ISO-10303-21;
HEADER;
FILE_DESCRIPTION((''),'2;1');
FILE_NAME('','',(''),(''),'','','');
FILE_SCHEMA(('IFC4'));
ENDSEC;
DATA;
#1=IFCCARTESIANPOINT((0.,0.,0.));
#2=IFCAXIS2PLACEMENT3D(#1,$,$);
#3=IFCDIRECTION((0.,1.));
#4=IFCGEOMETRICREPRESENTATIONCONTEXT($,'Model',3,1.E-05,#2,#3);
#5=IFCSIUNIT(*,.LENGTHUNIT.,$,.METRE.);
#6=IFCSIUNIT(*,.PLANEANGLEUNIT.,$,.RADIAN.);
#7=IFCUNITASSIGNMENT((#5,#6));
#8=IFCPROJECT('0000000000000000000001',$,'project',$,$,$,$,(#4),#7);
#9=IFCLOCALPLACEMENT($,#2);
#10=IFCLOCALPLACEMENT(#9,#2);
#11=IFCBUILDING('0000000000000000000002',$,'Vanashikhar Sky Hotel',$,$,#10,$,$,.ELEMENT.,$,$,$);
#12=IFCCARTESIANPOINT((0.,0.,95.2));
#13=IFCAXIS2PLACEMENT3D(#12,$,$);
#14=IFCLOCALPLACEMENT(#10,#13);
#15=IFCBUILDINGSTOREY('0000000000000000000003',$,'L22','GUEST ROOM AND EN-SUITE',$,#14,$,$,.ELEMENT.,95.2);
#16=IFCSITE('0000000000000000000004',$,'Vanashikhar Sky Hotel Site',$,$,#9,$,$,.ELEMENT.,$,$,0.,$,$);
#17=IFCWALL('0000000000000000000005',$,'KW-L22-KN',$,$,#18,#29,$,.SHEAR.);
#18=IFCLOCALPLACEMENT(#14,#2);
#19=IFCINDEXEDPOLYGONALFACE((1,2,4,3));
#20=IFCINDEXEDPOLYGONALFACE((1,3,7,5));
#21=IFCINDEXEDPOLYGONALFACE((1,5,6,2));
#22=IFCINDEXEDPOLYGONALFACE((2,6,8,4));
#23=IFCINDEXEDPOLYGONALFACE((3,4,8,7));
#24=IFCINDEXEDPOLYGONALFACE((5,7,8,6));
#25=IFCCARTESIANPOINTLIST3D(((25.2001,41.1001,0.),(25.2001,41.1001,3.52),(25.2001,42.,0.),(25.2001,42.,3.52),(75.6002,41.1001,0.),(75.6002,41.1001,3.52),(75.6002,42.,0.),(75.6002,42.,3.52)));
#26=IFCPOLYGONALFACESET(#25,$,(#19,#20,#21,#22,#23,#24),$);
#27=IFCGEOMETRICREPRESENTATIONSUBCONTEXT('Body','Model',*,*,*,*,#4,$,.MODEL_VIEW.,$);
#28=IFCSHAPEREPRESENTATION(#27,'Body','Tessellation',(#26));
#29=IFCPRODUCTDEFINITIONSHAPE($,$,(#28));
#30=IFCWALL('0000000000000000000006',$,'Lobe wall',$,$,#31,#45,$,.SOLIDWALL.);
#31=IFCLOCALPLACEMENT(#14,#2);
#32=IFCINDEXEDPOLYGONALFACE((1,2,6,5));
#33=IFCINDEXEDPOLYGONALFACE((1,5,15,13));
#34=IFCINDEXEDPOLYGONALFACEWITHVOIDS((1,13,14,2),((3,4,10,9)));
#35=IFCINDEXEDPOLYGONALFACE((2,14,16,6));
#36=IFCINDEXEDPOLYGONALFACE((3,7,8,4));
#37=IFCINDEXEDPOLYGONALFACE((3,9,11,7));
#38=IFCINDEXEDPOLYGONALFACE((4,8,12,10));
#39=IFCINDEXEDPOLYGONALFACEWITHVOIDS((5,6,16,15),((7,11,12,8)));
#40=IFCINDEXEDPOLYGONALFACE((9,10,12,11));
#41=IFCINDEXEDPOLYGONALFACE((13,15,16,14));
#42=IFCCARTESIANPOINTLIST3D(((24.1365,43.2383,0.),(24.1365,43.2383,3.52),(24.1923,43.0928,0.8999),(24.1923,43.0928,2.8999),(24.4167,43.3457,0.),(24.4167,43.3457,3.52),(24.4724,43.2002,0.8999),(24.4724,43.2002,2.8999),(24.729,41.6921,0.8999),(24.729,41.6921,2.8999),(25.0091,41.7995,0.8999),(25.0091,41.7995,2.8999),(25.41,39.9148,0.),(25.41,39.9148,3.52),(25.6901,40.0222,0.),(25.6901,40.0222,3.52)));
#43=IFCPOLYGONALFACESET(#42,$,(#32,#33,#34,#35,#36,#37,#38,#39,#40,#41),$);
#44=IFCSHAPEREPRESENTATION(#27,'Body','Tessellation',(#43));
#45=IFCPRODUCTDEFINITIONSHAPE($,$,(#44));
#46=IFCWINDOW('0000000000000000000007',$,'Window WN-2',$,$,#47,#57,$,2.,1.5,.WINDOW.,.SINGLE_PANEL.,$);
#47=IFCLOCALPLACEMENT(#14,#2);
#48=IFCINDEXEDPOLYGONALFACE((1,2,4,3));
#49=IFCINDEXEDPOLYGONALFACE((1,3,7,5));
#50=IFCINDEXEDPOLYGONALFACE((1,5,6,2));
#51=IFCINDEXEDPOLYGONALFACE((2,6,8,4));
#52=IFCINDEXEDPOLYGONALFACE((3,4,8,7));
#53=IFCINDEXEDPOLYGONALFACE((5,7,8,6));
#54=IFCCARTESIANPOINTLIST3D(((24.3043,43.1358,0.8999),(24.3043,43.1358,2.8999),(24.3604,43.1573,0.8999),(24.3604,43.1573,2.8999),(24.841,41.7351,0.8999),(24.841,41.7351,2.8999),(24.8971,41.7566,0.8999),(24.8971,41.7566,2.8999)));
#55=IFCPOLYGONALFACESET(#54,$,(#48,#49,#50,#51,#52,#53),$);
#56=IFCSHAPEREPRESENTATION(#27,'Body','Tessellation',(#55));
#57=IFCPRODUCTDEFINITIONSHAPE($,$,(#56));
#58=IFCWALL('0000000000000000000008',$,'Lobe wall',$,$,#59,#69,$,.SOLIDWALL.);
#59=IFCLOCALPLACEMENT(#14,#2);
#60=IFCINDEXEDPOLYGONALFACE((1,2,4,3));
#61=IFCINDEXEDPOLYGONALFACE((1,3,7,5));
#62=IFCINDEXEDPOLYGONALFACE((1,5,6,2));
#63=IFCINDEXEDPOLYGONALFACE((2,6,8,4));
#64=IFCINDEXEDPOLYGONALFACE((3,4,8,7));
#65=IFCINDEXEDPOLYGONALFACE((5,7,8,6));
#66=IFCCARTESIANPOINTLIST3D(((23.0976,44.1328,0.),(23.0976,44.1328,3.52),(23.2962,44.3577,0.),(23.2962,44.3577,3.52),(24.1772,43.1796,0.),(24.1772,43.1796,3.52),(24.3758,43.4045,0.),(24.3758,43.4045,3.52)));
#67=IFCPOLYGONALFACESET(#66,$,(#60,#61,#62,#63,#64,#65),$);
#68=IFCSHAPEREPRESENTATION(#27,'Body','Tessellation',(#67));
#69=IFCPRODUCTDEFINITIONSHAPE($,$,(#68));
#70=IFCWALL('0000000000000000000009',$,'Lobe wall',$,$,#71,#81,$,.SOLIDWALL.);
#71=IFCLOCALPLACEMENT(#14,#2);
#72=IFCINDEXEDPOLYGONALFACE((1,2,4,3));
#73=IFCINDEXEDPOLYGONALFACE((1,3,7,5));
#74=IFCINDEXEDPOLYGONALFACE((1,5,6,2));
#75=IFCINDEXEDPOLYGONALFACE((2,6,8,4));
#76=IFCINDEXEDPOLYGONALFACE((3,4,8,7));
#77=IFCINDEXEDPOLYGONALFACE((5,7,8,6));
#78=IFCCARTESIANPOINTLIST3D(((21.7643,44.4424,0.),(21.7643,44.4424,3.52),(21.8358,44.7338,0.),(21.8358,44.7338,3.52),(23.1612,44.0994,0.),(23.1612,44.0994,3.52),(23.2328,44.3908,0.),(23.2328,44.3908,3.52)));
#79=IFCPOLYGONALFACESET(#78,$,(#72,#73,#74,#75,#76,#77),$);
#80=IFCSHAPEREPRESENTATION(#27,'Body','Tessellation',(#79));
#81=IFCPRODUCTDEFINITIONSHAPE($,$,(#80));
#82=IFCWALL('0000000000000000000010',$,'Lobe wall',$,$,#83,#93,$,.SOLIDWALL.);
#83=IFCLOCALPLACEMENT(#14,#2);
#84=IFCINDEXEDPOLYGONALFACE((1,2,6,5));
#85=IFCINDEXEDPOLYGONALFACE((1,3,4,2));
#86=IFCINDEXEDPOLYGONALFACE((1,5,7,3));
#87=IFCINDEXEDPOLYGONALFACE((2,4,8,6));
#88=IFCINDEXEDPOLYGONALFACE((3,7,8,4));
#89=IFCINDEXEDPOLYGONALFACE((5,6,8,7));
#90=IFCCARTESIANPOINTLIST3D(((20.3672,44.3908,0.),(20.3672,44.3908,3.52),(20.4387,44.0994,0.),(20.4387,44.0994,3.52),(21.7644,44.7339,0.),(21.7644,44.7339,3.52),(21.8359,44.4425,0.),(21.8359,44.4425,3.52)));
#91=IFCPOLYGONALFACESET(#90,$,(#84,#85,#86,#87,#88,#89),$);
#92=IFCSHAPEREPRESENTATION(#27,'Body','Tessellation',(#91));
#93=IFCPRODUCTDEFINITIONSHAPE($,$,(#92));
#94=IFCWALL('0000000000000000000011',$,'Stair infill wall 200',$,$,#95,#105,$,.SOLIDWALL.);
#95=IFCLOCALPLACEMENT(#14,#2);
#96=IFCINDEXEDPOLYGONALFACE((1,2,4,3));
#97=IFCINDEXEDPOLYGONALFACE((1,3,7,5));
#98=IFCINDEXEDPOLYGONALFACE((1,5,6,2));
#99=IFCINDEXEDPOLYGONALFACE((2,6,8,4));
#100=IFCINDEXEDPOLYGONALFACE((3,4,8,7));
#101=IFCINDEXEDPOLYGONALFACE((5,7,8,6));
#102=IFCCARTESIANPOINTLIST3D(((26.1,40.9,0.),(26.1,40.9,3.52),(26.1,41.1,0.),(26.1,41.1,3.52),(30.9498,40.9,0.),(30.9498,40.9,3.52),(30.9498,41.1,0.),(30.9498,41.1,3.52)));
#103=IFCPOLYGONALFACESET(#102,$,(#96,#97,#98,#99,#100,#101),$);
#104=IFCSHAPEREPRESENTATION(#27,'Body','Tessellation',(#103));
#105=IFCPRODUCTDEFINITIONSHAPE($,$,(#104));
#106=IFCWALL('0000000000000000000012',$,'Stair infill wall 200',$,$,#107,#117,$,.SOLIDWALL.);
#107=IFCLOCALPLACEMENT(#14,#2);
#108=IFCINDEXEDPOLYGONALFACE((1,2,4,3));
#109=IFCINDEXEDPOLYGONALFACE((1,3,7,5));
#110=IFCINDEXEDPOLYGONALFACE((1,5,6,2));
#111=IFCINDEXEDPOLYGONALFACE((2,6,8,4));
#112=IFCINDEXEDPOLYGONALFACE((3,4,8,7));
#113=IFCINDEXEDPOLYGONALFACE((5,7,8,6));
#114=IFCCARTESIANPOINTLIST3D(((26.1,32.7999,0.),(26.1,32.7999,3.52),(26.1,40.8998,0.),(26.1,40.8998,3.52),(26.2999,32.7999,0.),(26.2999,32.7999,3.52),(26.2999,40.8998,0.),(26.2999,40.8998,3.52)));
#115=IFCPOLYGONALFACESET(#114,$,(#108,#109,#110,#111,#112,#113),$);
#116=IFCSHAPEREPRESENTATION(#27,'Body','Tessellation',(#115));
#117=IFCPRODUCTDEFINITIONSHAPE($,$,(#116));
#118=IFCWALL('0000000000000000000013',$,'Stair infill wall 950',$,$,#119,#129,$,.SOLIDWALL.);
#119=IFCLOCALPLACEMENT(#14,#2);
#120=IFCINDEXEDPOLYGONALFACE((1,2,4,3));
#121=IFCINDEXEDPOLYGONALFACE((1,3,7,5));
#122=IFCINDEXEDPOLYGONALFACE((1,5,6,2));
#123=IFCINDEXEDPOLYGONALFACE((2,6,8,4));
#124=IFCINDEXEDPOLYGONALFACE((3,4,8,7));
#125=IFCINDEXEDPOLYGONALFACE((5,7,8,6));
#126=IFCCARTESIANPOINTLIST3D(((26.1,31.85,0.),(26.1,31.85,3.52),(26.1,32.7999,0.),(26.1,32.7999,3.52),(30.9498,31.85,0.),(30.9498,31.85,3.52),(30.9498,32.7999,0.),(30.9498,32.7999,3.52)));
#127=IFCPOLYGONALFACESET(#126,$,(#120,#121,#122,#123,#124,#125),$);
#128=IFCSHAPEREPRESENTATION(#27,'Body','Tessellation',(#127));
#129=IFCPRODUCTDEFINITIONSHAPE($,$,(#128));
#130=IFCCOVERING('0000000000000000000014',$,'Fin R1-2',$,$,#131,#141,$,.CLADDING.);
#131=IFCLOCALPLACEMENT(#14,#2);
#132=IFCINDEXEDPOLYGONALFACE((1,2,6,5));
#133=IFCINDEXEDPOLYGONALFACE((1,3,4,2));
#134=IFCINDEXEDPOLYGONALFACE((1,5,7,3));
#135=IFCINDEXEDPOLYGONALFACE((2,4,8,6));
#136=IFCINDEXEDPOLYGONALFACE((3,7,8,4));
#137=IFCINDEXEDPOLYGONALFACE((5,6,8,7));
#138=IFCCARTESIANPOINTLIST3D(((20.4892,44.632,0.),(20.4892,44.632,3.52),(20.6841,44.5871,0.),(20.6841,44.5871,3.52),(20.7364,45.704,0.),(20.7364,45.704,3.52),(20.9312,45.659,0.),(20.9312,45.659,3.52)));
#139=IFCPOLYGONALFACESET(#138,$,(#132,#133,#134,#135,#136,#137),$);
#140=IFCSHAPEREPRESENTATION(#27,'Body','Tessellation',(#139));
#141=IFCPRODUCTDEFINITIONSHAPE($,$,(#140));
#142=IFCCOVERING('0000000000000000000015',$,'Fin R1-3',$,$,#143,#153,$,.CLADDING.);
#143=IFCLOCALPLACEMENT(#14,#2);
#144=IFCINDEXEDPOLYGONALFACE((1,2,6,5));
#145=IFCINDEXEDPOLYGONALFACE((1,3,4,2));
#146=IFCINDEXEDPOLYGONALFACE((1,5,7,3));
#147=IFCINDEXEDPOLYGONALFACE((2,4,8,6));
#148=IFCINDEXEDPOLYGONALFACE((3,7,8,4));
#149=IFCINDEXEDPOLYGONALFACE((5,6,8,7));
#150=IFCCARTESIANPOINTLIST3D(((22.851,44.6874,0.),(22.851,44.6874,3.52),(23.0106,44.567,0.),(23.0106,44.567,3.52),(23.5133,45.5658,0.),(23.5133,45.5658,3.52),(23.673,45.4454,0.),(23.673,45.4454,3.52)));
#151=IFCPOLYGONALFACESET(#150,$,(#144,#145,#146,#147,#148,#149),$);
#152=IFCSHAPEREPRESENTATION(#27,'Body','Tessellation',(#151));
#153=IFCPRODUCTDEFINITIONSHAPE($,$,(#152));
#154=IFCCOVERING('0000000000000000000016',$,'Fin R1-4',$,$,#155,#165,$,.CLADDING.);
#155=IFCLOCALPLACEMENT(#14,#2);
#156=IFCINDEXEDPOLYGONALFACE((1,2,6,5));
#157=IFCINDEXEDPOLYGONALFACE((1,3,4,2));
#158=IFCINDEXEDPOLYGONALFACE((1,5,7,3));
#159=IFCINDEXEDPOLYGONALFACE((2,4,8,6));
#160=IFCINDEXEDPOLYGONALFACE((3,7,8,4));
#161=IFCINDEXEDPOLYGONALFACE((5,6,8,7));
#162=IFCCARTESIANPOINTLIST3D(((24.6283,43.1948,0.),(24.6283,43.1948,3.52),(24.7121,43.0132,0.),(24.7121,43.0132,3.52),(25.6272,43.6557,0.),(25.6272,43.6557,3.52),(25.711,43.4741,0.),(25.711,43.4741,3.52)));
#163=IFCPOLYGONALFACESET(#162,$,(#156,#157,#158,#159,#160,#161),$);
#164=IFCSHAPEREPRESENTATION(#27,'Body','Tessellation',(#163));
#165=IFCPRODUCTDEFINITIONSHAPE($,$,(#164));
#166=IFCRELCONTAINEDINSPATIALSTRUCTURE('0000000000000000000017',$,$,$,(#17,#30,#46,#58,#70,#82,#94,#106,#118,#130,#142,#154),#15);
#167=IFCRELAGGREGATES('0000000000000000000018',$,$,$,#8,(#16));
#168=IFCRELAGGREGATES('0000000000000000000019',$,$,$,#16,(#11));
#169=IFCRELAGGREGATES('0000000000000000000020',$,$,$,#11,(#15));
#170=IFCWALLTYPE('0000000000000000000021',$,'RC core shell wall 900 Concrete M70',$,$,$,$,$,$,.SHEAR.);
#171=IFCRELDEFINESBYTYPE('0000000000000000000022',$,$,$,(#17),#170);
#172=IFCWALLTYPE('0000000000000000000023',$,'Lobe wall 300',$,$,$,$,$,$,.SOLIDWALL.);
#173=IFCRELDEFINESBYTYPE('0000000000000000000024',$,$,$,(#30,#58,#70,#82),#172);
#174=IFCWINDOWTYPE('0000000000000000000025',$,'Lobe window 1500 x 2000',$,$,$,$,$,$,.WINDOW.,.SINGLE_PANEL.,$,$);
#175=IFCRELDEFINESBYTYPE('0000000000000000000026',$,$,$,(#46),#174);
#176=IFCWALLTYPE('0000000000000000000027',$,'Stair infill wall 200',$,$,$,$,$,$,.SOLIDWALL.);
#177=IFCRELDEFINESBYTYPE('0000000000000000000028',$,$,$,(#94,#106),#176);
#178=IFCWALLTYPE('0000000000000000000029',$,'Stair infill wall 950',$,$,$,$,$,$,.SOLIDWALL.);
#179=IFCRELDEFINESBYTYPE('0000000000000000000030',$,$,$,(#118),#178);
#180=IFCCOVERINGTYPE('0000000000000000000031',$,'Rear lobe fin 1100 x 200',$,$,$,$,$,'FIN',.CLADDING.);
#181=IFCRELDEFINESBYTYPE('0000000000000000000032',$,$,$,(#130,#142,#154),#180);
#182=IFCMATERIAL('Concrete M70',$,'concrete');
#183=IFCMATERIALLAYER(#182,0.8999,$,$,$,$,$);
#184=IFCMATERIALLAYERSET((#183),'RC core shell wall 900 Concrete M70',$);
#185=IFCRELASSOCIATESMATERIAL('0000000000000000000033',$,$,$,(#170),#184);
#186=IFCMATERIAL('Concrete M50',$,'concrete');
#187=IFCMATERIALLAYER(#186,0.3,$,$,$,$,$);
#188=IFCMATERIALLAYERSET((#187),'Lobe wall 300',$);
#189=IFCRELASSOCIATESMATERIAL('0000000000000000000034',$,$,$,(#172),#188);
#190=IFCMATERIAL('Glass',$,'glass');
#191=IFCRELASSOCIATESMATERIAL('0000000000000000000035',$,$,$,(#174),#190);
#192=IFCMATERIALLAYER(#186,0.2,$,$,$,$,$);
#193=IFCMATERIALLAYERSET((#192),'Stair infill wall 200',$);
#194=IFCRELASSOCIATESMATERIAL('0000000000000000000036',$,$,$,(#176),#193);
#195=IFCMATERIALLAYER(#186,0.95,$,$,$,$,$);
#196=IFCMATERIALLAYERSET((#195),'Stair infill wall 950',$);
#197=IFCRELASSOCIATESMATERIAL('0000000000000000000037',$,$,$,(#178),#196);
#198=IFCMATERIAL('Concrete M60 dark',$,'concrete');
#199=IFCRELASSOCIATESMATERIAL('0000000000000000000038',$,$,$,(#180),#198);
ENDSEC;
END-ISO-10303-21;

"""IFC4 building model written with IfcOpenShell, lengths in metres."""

from ifc_helpers import new_model, si_unit, direction, frame, frame_2d, origin, origin_2d, place, context, subcontext, project, spatial, rectangle, extrude, source, transform, mapped, material, layer, layer_set, material_profile, profile_set, type_object, element, fill, save


model = new_model("IFC4")

# Units and contexts
model_context = context("Model", 3, precision=1e-05, world=origin(), true_north=direction((0.0, 1.0)))
body_context = subcontext(model_context, "Body", "Model", "MODEL_VIEW")
ifc_project = project(units=[si_unit("LENGTHUNIT", "METRE"), si_unit("PLANEANGLEUNIT", "RADIAN")], contexts=[model_context])

# Site, building, storey
site_placement = place(None, origin())
site = spatial("IfcSite", under=ifc_project, at=site_placement, Name="Vanashikhar Sky Hotel Site", CompositionType="ELEMENT", RefElevation=0.0)
building_placement = place(site_placement, origin())
building = spatial("IfcBuilding", under=site, at=building_placement, Name="Vanashikhar Sky Hotel", CompositionType="ELEMENT")
storey_placement = place(building_placement, frame((0.0, 0.0, 95.2)))
storey = spatial("IfcBuildingStorey", under=building, at=storey_placement, Name="L22", Description="GUEST ROOM AND EN-SUITE", CompositionType="ELEMENT", Elevation=95.2)

# Wall
ifc_material_1 = material(Name="Concrete M70", Category="concrete")
ifc_layer_1 = layer(ifc_material_1, 0.8999)
ifc_layer_set_1 = layer_set([ifc_layer_1], Name="RC core shell wall 900 Concrete M70")
wall_type_1 = type_object("IfcWallType", Name="RC core shell wall 900 Concrete M70", PredefinedType="SHEAR", material=ifc_layer_set_1)
shared_shape_1 = source(origin(), body_context, "Body", "SweptSolid", [
    extrude(rectangle(XDim=50.4001, YDim=0.8999, at=frame_2d((25.2002, 0.0))), origin(), (0.0, 0.0, 1.0), 3.52),
])
wall_1_placement = place(storey_placement, frame((25.2, 41.55, 0.0), z_axis=(0.0, 0.0, 1.0), x_axis=(1.0, 0.0, 0.0)))
element("IfcWall", 1, at=wall_1_placement, inside=storey, type_object=wall_type_1, Name="KW-L22-KN", PredefinedType="SHEAR", context=body_context, shape_type="MappedRepresentation", body=[
    mapped(shared_shape_1, transform((0.0, 0.0, 0.0), scale=1.0)),
])

# Wall, opening, window
ifc_material_2 = material(Name="Concrete M50", Category="concrete")
ifc_layer_2 = layer(ifc_material_2, 0.3)
ifc_layer_set_2 = layer_set([ifc_layer_2], Name="Lobe wall 300")
wall_type_2 = type_object("IfcWallType", Name="Lobe wall 300", PredefinedType="SOLIDWALL", material=ifc_layer_set_2)
shared_shape_2 = source(origin(), body_context, "Body", "SweptSolid", [
    extrude(rectangle(XDim=3.5591, YDim=0.3, at=frame_2d((1.7795, 0.0))), origin(), (0.0, 0.0, 1.0), 3.52),
])
wall_2_placement = place(storey_placement, frame((25.55, 39.9685, 0.0), z_axis=(0.0, 0.0, 1.0), x_axis=(-0.357797, 0.933799, 0.0)))
wall_2 = element("IfcWall", 2, at=wall_2_placement, inside=storey, type_object=wall_type_2, Name="Lobe wall", PredefinedType="SOLIDWALL", context=body_context, shape_type="MappedRepresentation", body=[
    mapped(shared_shape_2, transform((0.0, 0.0, 0.0), scale=1.0)),
])
shared_shape_3 = source(origin(), body_context, "Body", "SweptSolid", [
    extrude(rectangle(XDim=1.5, YDim=2.0, at=frame_2d((0.75, 1.0))), frame((0.0, 0.1602, 0.0), z_axis=(0.0, -1.0, 0.0), x_axis=(1.0, 0.0, 0.0)), (0.0, 0.0, 1.0), 0.3201),
])
opening_placement = place(wall_2_placement, frame((1.9033, 0.0, 0.8999)))
opening = element("IfcOpeningElement", 3, at=opening_placement, cuts=wall_2, PredefinedType="OPENING", context=body_context, shape_type="MappedRepresentation", body=[
    mapped(shared_shape_3, transform((0.0, 0.0, 0.0), scale=1.0)),
])
ifc_material_3 = material(Name="Glass", Category="glass")
window_type = type_object("IfcWindowType", Name="Lobe window 1500 x 2000", PartitioningType="SINGLE_PANEL", PredefinedType="WINDOW", material=ifc_material_3)
shared_shape_4 = source(origin(), body_context, "Body", "SweptSolid", [
    extrude(rectangle(XDim=1.5, YDim=2.0, at=frame_2d((0.75, 1.0))), frame((0.0, 0.03, 0.0), z_axis=(0.0, -1.0, 0.0), x_axis=(1.0, 0.0, 0.0)), (0.0, 0.0, 1.0), 0.0601),
])
window_placement = place(opening_placement, origin())
window = element("IfcWindow", 4, at=window_placement, inside=storey, type_object=window_type, Name="Window WN-2", OverallHeight=2.0, OverallWidth=1.5, PartitioningType="SINGLE_PANEL", PredefinedType="WINDOW", context=body_context, shape_type="MappedRepresentation", body=[
    mapped(shared_shape_4, transform((0.0, 0.0, 0.0), scale=1.0)),
])
fill(opening, window)

# Walls
shared_shape_5 = source(origin(), body_context, "Body", "SweptSolid", [
    extrude(rectangle(XDim=1.4402, YDim=0.3, at=frame_2d((0.7202, 0.0))), origin(), (0.0, 0.0, 1.0), 3.52),
])
wall_3_placement = place(storey_placement, frame((24.2766, 43.292, 0.0), z_axis=(0.0, 0.0, 1.0), x_axis=(-0.74965, 0.661835, 0.0)))
element("IfcWall", 5, at=wall_3_placement, inside=storey, type_object=wall_type_2, Name="Lobe wall", PredefinedType="SOLIDWALL", context=body_context, shape_type="MappedRepresentation", body=[
    mapped(shared_shape_5, transform((0.0, 0.0, 0.0), scale=1.0)),
])
shared_shape_6 = source(origin(), body_context, "Body", "SweptSolid", [
    extrude(rectangle(XDim=1.4385, YDim=0.3, at=frame_2d((0.7192, 0.0))), origin(), (0.0, 0.0, 1.0), 3.52),
])
wall_4_placement = place(storey_placement, frame((23.197, 44.2451, 0.0), z_axis=(0.0, 0.0, 1.0), x_axis=(-0.971152, 0.23846, 0.0)))
element("IfcWall", 6, at=wall_4_placement, inside=storey, type_object=wall_type_2, Name="Lobe wall", PredefinedType="SOLIDWALL", context=body_context, shape_type="MappedRepresentation", body=[
    mapped(shared_shape_6, transform((0.0, 0.0, 0.0), scale=1.0)),
])
shared_shape_7 = source(origin(), body_context, "Body", "SweptSolid", [
    extrude(rectangle(XDim=1.4387, YDim=0.3, at=frame_2d((0.7192, 0.0))), origin(), (0.0, 0.0, 1.0), 3.52),
])
wall_5_placement = place(storey_placement, frame((21.8, 44.5881, 0.0), z_axis=(0.0, 0.0, 1.0), x_axis=(-0.971162, -0.238421, 0.0)))
element("IfcWall", 7, at=wall_5_placement, inside=storey, type_object=wall_type_2, Name="Lobe wall", PredefinedType="SOLIDWALL", context=body_context, shape_type="MappedRepresentation", body=[
    mapped(shared_shape_7, transform((0.0, 0.0, 0.0), scale=1.0)),
])
ifc_layer_3 = layer(ifc_material_2, 0.2)
ifc_layer_set_3 = layer_set([ifc_layer_3], Name="Stair infill wall 200")
wall_type_3 = type_object("IfcWallType", Name="Stair infill wall 200", PredefinedType="SOLIDWALL", material=ifc_layer_set_3)
shared_shape_8 = source(origin(), body_context, "Body", "SweptSolid", [
    extrude(rectangle(XDim=4.8499, YDim=0.2, at=frame_2d((2.4248, 0.0))), origin(), (0.0, 0.0, 1.0), 3.52),
])
wall_6_placement = place(storey_placement, frame((26.1001, 41.0, 0.0), z_axis=(0.0, 0.0, 1.0), x_axis=(1.0, 0.0, 0.0)))
element("IfcWall", 8, at=wall_6_placement, inside=storey, type_object=wall_type_3, Name="Stair infill wall 200", PredefinedType="SOLIDWALL", context=body_context, shape_type="MappedRepresentation", body=[
    mapped(shared_shape_8, transform((0.0, 0.0, 0.0), scale=1.0)),
])
shared_shape_9 = source(origin(), body_context, "Body", "SweptSolid", [
    extrude(rectangle(XDim=8.0999, YDim=0.2, at=frame_2d((4.0498, 0.0))), origin(), (0.0, 0.0, 1.0), 3.52),
])
wall_7_placement = place(storey_placement, frame((26.2, 32.8, 0.0), z_axis=(0.0, 0.0, 1.0), x_axis=(0.0, 1.0, 0.0)))
element("IfcWall", 9, at=wall_7_placement, inside=storey, type_object=wall_type_3, Name="Stair infill wall 200", PredefinedType="SOLIDWALL", context=body_context, shape_type="MappedRepresentation", body=[
    mapped(shared_shape_9, transform((0.0, 0.0, 0.0), scale=1.0)),
])
ifc_layer_4 = layer(ifc_material_2, 0.95)
ifc_layer_set_4 = layer_set([ifc_layer_4], Name="Stair infill wall 950")
wall_type_4 = type_object("IfcWallType", Name="Stair infill wall 950", PredefinedType="SOLIDWALL", material=ifc_layer_set_4)
shared_shape_10 = source(origin(), body_context, "Body", "SweptSolid", [
    extrude(rectangle(XDim=4.8499, YDim=0.95, at=frame_2d((2.4248, 0.0))), origin(), (0.0, 0.0, 1.0), 3.52),
])
wall_8_placement = place(storey_placement, frame((26.1001, 32.325, 0.0), z_axis=(0.0, 0.0, 1.0), x_axis=(1.0, 0.0, 0.0)))
element("IfcWall", 10, at=wall_8_placement, inside=storey, type_object=wall_type_4, Name="Stair infill wall 950", PredefinedType="SOLIDWALL", context=body_context, shape_type="MappedRepresentation", body=[
    mapped(shared_shape_10, transform((0.0, 0.0, 0.0), scale=1.0)),
])

# Coverings
ifc_material_4 = material(Name="Concrete M60 dark", Category="concrete")
ifc_material_profile = material_profile(ifc_material_4, rectangle(XDim=1.1001, YDim=0.2, at=origin_2d()))
ifc_profile_set = profile_set([ifc_material_profile], Name="Rear lobe fin 1100 x 200")
covering_type = type_object("IfcCoveringType", Name="Rear lobe fin 1100 x 200", ElementType="FIN", PredefinedType="CLADDING", material=ifc_profile_set)
shared_shape_11 = source(origin(), body_context, "Body", "SweptSolid", [
    extrude(rectangle(XDim=1.1001, YDim=0.2, at=origin_2d()), origin(), (0.0, 0.0, 1.0), 3.52),
])
for number, where, z_axis, x_axis, name in (
    (11, (20.7102, 45.1455, 0.0), (0.0, 0.0, 1.0), (0.224645, 0.974441, 0.0), "Fin R1-2"),
    (12, (23.262, 45.0664, 0.0), (0.0, 0.0, 1.0), (0.602066, 0.798446, 0.0), "Fin R1-3"),
    (13, (25.1697, 43.3345, 0.0), (0.0, 0.0, 1.0), (0.908004, 0.418961, 0.0), "Fin R1-4"),
):
    element("IfcCovering", number, at=place(storey_placement, frame(where, z_axis=z_axis, x_axis=x_axis)), inside=storey, type_object=covering_type, Name=name, PredefinedType="CLADDING", context=body_context, shape_type="MappedRepresentation", body=[
        mapped(shared_shape_11, transform((0.0, 0.0, 0.0), scale=1.0)),
    ])

save(model, "model.ifc")
